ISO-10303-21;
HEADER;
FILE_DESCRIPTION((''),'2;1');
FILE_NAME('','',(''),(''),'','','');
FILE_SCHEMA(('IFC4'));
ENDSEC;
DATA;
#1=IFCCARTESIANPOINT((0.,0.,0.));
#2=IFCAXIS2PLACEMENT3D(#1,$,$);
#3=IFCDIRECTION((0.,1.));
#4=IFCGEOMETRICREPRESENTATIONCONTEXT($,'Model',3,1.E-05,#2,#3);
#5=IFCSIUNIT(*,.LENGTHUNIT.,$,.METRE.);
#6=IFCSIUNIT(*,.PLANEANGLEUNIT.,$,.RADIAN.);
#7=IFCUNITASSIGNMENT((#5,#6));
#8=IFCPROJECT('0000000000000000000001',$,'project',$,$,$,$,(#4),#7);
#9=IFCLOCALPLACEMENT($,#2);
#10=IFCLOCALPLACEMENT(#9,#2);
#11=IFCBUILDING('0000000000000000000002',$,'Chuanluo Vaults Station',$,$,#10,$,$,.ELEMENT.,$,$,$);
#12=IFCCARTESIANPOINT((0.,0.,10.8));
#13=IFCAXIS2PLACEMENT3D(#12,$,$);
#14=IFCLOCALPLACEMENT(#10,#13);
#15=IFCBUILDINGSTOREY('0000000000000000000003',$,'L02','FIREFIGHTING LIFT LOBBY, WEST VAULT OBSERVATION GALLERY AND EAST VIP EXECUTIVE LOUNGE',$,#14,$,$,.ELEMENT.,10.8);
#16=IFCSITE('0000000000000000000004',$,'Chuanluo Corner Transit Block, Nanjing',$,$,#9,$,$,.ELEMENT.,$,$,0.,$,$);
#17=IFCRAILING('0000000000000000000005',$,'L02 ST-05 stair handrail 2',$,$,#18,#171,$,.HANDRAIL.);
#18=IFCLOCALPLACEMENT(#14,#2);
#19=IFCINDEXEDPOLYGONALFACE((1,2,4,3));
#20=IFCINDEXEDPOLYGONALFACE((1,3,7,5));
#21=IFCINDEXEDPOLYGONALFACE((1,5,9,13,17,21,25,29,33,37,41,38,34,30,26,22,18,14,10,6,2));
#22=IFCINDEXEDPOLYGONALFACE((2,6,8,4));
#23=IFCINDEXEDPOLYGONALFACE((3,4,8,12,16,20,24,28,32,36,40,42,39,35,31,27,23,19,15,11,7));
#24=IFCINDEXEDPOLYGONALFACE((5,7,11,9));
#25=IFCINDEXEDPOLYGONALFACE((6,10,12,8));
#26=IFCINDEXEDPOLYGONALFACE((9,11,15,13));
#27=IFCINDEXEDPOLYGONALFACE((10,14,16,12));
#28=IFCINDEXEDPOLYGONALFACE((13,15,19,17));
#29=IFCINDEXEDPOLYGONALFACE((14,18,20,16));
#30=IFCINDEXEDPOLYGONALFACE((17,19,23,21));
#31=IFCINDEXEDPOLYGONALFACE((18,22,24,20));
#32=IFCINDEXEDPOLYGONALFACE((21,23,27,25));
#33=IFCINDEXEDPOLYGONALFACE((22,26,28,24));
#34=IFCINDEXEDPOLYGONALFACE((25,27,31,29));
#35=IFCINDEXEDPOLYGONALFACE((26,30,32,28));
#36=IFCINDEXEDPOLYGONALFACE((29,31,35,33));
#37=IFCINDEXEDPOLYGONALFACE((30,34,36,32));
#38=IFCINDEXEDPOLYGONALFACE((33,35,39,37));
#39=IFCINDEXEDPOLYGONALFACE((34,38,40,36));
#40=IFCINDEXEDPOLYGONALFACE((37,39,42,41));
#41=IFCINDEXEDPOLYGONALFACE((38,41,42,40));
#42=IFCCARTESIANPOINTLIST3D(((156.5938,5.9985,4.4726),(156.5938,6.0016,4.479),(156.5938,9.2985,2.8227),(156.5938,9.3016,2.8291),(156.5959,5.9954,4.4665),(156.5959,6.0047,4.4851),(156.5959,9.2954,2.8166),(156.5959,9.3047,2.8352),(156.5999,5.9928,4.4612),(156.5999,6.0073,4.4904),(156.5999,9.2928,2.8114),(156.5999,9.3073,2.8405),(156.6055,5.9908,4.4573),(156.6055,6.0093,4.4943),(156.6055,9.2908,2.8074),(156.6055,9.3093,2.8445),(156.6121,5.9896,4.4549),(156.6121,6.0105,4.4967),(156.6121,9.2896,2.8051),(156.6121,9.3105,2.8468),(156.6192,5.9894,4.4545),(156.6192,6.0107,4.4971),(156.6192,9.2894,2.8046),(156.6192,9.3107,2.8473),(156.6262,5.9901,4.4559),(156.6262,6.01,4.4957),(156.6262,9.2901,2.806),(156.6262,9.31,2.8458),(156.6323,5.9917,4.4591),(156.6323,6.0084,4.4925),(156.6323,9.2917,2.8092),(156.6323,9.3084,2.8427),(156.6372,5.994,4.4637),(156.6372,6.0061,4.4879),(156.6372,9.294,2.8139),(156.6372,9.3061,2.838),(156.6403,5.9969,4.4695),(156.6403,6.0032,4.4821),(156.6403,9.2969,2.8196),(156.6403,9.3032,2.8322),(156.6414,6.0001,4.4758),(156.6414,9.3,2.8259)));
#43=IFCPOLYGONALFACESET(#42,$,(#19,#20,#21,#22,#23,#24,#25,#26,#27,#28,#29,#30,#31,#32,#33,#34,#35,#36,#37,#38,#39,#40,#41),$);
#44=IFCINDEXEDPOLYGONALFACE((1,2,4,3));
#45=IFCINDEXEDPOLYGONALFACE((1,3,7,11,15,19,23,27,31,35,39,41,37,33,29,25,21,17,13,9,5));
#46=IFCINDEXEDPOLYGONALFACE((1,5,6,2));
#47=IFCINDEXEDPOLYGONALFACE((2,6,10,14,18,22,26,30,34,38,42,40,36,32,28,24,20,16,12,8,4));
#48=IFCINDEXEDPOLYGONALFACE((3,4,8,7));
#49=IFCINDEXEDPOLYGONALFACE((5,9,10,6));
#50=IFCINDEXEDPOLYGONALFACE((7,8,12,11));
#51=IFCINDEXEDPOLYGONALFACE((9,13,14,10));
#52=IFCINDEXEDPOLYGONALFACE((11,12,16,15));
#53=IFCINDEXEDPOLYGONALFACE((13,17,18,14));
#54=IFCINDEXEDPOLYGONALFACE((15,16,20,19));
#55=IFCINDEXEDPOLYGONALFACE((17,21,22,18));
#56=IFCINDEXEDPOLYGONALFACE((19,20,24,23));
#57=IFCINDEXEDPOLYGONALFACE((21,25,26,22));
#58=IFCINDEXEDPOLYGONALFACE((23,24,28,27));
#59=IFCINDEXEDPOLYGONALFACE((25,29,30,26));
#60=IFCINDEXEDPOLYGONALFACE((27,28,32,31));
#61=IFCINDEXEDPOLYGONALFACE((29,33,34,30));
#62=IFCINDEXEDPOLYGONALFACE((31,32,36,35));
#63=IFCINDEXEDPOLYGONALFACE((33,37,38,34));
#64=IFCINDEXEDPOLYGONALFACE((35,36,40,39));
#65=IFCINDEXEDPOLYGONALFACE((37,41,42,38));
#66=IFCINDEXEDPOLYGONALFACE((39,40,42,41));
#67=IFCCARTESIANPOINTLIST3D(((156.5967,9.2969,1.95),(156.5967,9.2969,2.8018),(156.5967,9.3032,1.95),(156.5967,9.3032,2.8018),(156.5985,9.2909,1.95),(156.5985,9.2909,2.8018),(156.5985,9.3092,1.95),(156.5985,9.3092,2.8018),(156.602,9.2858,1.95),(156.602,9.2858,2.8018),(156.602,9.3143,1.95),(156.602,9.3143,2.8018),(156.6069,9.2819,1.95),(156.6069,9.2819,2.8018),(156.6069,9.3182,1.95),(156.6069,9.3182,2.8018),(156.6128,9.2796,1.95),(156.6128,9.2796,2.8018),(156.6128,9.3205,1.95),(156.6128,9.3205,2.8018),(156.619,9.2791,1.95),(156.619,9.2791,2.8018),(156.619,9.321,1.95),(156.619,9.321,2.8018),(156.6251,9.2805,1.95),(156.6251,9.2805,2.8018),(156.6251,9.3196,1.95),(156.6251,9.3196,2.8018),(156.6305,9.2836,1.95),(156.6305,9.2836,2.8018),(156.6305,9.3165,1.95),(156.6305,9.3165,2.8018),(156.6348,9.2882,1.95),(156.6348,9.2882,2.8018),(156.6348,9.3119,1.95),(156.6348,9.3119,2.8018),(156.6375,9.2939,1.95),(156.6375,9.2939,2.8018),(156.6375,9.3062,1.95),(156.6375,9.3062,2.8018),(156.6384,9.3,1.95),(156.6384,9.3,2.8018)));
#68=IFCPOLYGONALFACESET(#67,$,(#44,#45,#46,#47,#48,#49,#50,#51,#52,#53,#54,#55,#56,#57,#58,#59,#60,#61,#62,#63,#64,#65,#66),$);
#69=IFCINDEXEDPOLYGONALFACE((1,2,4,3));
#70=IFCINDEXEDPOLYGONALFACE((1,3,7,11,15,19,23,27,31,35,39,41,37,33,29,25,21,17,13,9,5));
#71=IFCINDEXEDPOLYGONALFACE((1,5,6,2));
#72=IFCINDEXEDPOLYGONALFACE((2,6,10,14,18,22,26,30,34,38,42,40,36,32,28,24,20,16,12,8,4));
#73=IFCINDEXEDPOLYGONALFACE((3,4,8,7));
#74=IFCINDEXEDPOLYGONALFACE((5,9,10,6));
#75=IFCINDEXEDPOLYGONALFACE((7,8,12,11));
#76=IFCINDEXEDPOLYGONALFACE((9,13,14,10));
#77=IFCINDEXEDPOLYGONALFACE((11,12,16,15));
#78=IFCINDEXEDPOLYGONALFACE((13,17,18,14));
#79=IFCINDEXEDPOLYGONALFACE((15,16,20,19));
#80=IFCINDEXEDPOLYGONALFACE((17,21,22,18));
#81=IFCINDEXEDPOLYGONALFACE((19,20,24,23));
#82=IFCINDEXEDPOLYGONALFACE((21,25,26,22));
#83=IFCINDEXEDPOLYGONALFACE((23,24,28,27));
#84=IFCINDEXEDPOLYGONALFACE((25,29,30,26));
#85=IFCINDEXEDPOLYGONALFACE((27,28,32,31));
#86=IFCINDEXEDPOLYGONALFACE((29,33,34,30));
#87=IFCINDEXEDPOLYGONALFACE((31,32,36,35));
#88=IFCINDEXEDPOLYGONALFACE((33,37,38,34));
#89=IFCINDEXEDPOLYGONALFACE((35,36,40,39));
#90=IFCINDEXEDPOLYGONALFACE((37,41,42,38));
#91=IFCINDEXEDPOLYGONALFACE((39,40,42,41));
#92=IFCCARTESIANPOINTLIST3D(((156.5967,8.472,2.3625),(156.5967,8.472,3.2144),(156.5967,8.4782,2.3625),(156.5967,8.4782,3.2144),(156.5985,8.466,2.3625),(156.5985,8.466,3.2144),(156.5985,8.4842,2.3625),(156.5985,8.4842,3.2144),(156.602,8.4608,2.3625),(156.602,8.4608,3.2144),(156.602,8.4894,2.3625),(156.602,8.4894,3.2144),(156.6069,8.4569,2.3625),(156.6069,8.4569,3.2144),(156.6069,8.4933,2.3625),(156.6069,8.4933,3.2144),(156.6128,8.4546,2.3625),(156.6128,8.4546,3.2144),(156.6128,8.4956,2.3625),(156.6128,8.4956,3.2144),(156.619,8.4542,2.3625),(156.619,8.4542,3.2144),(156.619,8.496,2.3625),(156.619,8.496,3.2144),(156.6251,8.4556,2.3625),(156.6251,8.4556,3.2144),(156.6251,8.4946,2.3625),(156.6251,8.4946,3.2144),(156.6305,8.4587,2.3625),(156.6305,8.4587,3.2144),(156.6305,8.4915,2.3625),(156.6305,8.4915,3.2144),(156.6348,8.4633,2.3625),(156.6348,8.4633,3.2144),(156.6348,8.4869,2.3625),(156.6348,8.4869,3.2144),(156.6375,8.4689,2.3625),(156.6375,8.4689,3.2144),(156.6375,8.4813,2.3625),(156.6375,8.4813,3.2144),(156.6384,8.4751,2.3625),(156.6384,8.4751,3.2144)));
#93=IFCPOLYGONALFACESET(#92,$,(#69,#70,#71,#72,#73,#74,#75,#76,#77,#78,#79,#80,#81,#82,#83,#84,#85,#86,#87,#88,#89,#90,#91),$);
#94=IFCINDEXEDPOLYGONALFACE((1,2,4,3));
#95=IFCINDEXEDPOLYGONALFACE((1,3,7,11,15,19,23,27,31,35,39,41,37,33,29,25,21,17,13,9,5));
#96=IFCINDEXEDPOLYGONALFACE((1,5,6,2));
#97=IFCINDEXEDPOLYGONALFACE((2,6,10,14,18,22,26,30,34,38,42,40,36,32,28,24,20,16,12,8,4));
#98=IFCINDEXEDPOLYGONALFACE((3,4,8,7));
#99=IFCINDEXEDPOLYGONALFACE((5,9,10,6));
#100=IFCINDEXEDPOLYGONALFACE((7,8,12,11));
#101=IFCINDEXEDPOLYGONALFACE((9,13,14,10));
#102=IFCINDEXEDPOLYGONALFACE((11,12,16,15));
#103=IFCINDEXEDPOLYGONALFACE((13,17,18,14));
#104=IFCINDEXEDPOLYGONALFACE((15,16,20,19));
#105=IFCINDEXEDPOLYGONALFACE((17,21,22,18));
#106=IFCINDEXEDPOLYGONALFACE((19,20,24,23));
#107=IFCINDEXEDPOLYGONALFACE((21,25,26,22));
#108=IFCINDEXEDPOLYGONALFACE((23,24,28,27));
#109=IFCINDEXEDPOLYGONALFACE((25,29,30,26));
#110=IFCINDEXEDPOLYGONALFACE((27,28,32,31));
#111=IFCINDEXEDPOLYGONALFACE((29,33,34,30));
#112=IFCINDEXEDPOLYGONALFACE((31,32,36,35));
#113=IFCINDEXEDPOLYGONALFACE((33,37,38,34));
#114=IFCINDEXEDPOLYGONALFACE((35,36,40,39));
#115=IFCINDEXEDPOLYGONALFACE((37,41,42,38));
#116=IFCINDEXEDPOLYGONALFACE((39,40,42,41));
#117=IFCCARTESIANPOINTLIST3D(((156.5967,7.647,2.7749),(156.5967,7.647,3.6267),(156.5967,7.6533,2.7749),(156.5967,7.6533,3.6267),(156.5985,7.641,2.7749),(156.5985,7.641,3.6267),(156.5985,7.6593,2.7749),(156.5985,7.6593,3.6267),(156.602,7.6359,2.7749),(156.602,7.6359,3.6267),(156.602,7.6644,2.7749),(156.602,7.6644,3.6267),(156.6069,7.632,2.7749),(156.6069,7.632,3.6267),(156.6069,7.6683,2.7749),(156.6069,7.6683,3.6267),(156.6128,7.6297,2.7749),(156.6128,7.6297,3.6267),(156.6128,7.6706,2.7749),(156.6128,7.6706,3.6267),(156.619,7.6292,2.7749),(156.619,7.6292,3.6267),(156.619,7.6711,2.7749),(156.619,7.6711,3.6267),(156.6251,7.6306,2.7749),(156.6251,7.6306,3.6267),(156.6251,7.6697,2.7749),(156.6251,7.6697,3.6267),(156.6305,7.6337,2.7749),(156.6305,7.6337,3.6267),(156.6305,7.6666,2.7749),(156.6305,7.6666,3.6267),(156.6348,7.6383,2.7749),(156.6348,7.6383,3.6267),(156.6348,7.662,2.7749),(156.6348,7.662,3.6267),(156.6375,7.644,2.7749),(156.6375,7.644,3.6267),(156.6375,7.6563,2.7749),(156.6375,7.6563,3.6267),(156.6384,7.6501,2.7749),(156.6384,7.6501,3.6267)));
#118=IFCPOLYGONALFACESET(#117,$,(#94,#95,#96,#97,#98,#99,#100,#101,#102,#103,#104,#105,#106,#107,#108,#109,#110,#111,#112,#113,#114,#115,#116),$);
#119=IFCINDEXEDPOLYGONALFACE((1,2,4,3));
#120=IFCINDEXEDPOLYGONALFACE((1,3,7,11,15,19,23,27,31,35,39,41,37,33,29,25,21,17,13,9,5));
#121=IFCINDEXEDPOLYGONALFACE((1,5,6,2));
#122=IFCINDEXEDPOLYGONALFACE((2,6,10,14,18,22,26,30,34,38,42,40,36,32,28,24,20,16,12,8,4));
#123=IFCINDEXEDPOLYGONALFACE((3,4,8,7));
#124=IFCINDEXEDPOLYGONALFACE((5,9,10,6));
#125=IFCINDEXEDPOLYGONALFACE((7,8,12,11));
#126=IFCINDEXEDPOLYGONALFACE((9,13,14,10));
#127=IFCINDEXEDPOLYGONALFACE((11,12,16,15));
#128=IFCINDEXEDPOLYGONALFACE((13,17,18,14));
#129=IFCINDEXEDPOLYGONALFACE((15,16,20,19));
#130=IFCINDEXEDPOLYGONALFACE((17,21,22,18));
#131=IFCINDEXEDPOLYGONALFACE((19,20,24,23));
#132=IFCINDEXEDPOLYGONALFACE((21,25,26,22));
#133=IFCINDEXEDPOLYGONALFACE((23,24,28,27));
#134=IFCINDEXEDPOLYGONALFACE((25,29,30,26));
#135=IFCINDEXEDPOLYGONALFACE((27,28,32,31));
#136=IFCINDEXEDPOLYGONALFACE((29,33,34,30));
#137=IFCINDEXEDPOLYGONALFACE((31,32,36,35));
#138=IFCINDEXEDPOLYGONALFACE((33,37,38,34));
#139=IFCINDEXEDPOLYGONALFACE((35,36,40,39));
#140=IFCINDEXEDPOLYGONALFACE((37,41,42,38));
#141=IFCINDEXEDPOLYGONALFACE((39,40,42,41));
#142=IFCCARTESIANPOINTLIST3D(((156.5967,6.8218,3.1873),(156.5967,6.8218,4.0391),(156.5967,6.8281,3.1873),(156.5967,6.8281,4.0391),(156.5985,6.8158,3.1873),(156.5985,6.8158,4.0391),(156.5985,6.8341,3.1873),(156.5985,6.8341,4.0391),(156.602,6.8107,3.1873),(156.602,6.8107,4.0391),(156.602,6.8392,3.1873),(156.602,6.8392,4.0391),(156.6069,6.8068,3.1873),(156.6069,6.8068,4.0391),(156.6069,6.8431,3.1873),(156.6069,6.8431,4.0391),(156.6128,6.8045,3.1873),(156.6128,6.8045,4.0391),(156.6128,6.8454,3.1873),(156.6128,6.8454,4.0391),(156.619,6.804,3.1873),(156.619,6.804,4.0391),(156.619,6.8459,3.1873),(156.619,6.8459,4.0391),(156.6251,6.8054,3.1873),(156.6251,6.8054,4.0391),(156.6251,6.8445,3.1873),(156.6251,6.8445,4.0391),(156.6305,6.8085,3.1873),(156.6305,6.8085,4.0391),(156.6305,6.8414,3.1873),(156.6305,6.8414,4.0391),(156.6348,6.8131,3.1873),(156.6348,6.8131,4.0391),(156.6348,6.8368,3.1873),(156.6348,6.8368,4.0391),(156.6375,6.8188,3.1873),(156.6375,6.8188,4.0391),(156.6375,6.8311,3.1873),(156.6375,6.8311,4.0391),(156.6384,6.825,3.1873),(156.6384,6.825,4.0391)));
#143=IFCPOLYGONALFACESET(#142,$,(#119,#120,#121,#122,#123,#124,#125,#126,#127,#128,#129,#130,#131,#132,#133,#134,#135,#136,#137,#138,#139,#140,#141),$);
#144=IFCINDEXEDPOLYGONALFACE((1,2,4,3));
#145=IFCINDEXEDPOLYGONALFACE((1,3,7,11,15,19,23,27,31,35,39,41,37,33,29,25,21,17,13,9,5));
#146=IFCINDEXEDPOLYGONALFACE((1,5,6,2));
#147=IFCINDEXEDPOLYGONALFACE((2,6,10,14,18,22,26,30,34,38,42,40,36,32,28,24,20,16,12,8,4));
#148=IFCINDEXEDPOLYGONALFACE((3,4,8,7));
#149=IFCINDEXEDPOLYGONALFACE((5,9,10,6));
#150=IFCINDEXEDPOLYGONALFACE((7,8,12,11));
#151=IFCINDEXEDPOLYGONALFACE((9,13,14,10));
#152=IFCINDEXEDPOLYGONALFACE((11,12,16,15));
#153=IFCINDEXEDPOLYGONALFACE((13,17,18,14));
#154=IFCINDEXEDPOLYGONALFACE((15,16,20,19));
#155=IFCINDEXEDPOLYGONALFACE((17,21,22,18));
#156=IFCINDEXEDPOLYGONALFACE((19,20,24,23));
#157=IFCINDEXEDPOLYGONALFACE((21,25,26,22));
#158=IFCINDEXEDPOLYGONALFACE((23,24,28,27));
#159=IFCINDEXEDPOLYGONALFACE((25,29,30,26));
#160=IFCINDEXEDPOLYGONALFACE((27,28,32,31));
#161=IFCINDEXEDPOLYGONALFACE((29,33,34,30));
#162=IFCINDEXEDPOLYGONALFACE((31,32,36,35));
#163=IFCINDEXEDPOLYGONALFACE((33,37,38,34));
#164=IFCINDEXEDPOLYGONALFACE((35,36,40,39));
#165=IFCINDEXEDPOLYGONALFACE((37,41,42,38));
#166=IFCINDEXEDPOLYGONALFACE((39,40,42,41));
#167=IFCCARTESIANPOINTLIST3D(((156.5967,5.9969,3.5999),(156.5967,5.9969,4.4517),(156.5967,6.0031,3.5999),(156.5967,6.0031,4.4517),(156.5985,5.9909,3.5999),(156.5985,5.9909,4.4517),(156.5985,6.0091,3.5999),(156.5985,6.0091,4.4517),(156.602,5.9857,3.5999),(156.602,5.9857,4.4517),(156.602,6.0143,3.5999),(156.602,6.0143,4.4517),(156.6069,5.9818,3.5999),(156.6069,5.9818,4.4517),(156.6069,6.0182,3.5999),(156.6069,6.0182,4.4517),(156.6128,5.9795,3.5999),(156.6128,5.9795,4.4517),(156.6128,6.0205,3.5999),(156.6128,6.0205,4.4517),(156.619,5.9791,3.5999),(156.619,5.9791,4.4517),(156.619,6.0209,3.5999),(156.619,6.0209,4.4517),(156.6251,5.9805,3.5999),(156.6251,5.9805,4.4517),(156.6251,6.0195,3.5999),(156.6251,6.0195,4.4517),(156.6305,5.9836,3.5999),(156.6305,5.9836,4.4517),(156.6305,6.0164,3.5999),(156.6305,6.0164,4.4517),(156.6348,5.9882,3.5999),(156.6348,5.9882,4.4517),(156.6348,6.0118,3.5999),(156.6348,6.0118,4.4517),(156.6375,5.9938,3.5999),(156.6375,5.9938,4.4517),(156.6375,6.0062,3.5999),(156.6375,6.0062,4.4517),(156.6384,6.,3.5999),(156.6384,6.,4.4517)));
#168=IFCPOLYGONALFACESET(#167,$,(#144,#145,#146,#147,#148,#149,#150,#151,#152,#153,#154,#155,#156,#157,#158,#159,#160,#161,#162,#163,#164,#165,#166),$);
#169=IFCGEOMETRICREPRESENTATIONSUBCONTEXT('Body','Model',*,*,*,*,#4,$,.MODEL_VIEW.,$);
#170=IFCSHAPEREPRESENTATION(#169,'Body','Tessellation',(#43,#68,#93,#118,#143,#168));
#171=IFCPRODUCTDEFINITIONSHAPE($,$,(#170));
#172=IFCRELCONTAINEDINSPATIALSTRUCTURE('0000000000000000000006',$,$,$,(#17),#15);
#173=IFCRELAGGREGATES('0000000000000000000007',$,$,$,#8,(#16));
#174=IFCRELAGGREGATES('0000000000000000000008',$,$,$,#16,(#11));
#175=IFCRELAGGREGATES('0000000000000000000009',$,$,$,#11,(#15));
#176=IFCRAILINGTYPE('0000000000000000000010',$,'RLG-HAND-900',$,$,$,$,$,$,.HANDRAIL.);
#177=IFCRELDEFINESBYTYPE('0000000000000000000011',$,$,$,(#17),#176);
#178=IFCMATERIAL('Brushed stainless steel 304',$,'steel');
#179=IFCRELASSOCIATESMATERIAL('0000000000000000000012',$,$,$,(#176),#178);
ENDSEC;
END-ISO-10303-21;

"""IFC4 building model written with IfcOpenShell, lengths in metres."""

from ifc_helpers import new_model, si_unit, direction, frame, origin, origin_2d, place, context, subcontext, project, spatial, circle, extrude, material, type_object, element, save


model = new_model("IFC4")

# Units and contexts
model_context = context("Model", 3, precision=1e-05, world=origin(), true_north=direction((0.0, 1.0)))
body_context = subcontext(model_context, "Body", "Model", "MODEL_VIEW")
ifc_project = project(units=[si_unit("LENGTHUNIT", "METRE"), si_unit("PLANEANGLEUNIT", "RADIAN")], contexts=[model_context])

# Site, building, storey
site_placement = place(None, origin())
site = spatial("IfcSite", under=ifc_project, at=site_placement, Name="Chuanluo Corner Transit Block, Nanjing", CompositionType="ELEMENT", RefElevation=0.0)
building_placement = place(site_placement, origin())
building = spatial("IfcBuilding", under=site, at=building_placement, Name="Chuanluo Vaults Station", CompositionType="ELEMENT")
storey_placement = place(building_placement, frame((0.0, 0.0, 10.8)))
storey = spatial("IfcBuildingStorey", under=building, at=storey_placement, Name="L02", Description="FIREFIGHTING LIFT LOBBY, WEST VAULT OBSERVATION GALLERY AND EAST VIP EXECUTIVE LOUNGE", CompositionType="ELEMENT", Elevation=10.8)

# Railing
ifc_material_1 = material(Name="Brushed stainless steel 304", Category="steel")
railing_type_1 = type_object("IfcRailingType", Name="RLG-HAND-900", PredefinedType="HANDRAIL", material=ifc_material_1)
railing_1_placement = place(storey_placement, frame((156.6174, 9.3, 1.95)))
element("IfcRailing", 1, at=railing_1_placement, inside=storey, type_object=railing_type_1, Name="L02 ST-05 stair handrail 2", PredefinedType="HANDRAIL", context=body_context, shape_type="SweptSolid", body=[
    extrude(circle(Radius=0.0239, at=origin_2d()), frame((0.0, 0.0, 0.876), z_axis=(0.0, -0.89444, 0.447187), x_axis=(1.0, 0.0, 0.0)), (0.0, 0.0, 1.0), 3.6895),
    extrude(circle(Radius=0.021, at=origin_2d()), origin(), (0.0, 0.0, 1.0), 0.8518),
    extrude(circle(Radius=0.021, at=origin_2d()), frame((0.0, -0.825, 0.4126)), (0.0, 0.0, 1.0), 0.8518),
    extrude(circle(Radius=0.021, at=origin_2d()), frame((0.0, -1.6499, 0.825)), (0.0, 0.0, 1.0), 0.8518),
    extrude(circle(Radius=0.021, at=origin_2d()), frame((0.0, -2.4751, 1.2373)), (0.0, 0.0, 1.0), 0.8518),
    extrude(circle(Radius=0.021, at=origin_2d()), frame((0.0, -3.3, 1.6499)), (0.0, 0.0, 1.0), 0.8518),
])

save(model, "model.ifc")
